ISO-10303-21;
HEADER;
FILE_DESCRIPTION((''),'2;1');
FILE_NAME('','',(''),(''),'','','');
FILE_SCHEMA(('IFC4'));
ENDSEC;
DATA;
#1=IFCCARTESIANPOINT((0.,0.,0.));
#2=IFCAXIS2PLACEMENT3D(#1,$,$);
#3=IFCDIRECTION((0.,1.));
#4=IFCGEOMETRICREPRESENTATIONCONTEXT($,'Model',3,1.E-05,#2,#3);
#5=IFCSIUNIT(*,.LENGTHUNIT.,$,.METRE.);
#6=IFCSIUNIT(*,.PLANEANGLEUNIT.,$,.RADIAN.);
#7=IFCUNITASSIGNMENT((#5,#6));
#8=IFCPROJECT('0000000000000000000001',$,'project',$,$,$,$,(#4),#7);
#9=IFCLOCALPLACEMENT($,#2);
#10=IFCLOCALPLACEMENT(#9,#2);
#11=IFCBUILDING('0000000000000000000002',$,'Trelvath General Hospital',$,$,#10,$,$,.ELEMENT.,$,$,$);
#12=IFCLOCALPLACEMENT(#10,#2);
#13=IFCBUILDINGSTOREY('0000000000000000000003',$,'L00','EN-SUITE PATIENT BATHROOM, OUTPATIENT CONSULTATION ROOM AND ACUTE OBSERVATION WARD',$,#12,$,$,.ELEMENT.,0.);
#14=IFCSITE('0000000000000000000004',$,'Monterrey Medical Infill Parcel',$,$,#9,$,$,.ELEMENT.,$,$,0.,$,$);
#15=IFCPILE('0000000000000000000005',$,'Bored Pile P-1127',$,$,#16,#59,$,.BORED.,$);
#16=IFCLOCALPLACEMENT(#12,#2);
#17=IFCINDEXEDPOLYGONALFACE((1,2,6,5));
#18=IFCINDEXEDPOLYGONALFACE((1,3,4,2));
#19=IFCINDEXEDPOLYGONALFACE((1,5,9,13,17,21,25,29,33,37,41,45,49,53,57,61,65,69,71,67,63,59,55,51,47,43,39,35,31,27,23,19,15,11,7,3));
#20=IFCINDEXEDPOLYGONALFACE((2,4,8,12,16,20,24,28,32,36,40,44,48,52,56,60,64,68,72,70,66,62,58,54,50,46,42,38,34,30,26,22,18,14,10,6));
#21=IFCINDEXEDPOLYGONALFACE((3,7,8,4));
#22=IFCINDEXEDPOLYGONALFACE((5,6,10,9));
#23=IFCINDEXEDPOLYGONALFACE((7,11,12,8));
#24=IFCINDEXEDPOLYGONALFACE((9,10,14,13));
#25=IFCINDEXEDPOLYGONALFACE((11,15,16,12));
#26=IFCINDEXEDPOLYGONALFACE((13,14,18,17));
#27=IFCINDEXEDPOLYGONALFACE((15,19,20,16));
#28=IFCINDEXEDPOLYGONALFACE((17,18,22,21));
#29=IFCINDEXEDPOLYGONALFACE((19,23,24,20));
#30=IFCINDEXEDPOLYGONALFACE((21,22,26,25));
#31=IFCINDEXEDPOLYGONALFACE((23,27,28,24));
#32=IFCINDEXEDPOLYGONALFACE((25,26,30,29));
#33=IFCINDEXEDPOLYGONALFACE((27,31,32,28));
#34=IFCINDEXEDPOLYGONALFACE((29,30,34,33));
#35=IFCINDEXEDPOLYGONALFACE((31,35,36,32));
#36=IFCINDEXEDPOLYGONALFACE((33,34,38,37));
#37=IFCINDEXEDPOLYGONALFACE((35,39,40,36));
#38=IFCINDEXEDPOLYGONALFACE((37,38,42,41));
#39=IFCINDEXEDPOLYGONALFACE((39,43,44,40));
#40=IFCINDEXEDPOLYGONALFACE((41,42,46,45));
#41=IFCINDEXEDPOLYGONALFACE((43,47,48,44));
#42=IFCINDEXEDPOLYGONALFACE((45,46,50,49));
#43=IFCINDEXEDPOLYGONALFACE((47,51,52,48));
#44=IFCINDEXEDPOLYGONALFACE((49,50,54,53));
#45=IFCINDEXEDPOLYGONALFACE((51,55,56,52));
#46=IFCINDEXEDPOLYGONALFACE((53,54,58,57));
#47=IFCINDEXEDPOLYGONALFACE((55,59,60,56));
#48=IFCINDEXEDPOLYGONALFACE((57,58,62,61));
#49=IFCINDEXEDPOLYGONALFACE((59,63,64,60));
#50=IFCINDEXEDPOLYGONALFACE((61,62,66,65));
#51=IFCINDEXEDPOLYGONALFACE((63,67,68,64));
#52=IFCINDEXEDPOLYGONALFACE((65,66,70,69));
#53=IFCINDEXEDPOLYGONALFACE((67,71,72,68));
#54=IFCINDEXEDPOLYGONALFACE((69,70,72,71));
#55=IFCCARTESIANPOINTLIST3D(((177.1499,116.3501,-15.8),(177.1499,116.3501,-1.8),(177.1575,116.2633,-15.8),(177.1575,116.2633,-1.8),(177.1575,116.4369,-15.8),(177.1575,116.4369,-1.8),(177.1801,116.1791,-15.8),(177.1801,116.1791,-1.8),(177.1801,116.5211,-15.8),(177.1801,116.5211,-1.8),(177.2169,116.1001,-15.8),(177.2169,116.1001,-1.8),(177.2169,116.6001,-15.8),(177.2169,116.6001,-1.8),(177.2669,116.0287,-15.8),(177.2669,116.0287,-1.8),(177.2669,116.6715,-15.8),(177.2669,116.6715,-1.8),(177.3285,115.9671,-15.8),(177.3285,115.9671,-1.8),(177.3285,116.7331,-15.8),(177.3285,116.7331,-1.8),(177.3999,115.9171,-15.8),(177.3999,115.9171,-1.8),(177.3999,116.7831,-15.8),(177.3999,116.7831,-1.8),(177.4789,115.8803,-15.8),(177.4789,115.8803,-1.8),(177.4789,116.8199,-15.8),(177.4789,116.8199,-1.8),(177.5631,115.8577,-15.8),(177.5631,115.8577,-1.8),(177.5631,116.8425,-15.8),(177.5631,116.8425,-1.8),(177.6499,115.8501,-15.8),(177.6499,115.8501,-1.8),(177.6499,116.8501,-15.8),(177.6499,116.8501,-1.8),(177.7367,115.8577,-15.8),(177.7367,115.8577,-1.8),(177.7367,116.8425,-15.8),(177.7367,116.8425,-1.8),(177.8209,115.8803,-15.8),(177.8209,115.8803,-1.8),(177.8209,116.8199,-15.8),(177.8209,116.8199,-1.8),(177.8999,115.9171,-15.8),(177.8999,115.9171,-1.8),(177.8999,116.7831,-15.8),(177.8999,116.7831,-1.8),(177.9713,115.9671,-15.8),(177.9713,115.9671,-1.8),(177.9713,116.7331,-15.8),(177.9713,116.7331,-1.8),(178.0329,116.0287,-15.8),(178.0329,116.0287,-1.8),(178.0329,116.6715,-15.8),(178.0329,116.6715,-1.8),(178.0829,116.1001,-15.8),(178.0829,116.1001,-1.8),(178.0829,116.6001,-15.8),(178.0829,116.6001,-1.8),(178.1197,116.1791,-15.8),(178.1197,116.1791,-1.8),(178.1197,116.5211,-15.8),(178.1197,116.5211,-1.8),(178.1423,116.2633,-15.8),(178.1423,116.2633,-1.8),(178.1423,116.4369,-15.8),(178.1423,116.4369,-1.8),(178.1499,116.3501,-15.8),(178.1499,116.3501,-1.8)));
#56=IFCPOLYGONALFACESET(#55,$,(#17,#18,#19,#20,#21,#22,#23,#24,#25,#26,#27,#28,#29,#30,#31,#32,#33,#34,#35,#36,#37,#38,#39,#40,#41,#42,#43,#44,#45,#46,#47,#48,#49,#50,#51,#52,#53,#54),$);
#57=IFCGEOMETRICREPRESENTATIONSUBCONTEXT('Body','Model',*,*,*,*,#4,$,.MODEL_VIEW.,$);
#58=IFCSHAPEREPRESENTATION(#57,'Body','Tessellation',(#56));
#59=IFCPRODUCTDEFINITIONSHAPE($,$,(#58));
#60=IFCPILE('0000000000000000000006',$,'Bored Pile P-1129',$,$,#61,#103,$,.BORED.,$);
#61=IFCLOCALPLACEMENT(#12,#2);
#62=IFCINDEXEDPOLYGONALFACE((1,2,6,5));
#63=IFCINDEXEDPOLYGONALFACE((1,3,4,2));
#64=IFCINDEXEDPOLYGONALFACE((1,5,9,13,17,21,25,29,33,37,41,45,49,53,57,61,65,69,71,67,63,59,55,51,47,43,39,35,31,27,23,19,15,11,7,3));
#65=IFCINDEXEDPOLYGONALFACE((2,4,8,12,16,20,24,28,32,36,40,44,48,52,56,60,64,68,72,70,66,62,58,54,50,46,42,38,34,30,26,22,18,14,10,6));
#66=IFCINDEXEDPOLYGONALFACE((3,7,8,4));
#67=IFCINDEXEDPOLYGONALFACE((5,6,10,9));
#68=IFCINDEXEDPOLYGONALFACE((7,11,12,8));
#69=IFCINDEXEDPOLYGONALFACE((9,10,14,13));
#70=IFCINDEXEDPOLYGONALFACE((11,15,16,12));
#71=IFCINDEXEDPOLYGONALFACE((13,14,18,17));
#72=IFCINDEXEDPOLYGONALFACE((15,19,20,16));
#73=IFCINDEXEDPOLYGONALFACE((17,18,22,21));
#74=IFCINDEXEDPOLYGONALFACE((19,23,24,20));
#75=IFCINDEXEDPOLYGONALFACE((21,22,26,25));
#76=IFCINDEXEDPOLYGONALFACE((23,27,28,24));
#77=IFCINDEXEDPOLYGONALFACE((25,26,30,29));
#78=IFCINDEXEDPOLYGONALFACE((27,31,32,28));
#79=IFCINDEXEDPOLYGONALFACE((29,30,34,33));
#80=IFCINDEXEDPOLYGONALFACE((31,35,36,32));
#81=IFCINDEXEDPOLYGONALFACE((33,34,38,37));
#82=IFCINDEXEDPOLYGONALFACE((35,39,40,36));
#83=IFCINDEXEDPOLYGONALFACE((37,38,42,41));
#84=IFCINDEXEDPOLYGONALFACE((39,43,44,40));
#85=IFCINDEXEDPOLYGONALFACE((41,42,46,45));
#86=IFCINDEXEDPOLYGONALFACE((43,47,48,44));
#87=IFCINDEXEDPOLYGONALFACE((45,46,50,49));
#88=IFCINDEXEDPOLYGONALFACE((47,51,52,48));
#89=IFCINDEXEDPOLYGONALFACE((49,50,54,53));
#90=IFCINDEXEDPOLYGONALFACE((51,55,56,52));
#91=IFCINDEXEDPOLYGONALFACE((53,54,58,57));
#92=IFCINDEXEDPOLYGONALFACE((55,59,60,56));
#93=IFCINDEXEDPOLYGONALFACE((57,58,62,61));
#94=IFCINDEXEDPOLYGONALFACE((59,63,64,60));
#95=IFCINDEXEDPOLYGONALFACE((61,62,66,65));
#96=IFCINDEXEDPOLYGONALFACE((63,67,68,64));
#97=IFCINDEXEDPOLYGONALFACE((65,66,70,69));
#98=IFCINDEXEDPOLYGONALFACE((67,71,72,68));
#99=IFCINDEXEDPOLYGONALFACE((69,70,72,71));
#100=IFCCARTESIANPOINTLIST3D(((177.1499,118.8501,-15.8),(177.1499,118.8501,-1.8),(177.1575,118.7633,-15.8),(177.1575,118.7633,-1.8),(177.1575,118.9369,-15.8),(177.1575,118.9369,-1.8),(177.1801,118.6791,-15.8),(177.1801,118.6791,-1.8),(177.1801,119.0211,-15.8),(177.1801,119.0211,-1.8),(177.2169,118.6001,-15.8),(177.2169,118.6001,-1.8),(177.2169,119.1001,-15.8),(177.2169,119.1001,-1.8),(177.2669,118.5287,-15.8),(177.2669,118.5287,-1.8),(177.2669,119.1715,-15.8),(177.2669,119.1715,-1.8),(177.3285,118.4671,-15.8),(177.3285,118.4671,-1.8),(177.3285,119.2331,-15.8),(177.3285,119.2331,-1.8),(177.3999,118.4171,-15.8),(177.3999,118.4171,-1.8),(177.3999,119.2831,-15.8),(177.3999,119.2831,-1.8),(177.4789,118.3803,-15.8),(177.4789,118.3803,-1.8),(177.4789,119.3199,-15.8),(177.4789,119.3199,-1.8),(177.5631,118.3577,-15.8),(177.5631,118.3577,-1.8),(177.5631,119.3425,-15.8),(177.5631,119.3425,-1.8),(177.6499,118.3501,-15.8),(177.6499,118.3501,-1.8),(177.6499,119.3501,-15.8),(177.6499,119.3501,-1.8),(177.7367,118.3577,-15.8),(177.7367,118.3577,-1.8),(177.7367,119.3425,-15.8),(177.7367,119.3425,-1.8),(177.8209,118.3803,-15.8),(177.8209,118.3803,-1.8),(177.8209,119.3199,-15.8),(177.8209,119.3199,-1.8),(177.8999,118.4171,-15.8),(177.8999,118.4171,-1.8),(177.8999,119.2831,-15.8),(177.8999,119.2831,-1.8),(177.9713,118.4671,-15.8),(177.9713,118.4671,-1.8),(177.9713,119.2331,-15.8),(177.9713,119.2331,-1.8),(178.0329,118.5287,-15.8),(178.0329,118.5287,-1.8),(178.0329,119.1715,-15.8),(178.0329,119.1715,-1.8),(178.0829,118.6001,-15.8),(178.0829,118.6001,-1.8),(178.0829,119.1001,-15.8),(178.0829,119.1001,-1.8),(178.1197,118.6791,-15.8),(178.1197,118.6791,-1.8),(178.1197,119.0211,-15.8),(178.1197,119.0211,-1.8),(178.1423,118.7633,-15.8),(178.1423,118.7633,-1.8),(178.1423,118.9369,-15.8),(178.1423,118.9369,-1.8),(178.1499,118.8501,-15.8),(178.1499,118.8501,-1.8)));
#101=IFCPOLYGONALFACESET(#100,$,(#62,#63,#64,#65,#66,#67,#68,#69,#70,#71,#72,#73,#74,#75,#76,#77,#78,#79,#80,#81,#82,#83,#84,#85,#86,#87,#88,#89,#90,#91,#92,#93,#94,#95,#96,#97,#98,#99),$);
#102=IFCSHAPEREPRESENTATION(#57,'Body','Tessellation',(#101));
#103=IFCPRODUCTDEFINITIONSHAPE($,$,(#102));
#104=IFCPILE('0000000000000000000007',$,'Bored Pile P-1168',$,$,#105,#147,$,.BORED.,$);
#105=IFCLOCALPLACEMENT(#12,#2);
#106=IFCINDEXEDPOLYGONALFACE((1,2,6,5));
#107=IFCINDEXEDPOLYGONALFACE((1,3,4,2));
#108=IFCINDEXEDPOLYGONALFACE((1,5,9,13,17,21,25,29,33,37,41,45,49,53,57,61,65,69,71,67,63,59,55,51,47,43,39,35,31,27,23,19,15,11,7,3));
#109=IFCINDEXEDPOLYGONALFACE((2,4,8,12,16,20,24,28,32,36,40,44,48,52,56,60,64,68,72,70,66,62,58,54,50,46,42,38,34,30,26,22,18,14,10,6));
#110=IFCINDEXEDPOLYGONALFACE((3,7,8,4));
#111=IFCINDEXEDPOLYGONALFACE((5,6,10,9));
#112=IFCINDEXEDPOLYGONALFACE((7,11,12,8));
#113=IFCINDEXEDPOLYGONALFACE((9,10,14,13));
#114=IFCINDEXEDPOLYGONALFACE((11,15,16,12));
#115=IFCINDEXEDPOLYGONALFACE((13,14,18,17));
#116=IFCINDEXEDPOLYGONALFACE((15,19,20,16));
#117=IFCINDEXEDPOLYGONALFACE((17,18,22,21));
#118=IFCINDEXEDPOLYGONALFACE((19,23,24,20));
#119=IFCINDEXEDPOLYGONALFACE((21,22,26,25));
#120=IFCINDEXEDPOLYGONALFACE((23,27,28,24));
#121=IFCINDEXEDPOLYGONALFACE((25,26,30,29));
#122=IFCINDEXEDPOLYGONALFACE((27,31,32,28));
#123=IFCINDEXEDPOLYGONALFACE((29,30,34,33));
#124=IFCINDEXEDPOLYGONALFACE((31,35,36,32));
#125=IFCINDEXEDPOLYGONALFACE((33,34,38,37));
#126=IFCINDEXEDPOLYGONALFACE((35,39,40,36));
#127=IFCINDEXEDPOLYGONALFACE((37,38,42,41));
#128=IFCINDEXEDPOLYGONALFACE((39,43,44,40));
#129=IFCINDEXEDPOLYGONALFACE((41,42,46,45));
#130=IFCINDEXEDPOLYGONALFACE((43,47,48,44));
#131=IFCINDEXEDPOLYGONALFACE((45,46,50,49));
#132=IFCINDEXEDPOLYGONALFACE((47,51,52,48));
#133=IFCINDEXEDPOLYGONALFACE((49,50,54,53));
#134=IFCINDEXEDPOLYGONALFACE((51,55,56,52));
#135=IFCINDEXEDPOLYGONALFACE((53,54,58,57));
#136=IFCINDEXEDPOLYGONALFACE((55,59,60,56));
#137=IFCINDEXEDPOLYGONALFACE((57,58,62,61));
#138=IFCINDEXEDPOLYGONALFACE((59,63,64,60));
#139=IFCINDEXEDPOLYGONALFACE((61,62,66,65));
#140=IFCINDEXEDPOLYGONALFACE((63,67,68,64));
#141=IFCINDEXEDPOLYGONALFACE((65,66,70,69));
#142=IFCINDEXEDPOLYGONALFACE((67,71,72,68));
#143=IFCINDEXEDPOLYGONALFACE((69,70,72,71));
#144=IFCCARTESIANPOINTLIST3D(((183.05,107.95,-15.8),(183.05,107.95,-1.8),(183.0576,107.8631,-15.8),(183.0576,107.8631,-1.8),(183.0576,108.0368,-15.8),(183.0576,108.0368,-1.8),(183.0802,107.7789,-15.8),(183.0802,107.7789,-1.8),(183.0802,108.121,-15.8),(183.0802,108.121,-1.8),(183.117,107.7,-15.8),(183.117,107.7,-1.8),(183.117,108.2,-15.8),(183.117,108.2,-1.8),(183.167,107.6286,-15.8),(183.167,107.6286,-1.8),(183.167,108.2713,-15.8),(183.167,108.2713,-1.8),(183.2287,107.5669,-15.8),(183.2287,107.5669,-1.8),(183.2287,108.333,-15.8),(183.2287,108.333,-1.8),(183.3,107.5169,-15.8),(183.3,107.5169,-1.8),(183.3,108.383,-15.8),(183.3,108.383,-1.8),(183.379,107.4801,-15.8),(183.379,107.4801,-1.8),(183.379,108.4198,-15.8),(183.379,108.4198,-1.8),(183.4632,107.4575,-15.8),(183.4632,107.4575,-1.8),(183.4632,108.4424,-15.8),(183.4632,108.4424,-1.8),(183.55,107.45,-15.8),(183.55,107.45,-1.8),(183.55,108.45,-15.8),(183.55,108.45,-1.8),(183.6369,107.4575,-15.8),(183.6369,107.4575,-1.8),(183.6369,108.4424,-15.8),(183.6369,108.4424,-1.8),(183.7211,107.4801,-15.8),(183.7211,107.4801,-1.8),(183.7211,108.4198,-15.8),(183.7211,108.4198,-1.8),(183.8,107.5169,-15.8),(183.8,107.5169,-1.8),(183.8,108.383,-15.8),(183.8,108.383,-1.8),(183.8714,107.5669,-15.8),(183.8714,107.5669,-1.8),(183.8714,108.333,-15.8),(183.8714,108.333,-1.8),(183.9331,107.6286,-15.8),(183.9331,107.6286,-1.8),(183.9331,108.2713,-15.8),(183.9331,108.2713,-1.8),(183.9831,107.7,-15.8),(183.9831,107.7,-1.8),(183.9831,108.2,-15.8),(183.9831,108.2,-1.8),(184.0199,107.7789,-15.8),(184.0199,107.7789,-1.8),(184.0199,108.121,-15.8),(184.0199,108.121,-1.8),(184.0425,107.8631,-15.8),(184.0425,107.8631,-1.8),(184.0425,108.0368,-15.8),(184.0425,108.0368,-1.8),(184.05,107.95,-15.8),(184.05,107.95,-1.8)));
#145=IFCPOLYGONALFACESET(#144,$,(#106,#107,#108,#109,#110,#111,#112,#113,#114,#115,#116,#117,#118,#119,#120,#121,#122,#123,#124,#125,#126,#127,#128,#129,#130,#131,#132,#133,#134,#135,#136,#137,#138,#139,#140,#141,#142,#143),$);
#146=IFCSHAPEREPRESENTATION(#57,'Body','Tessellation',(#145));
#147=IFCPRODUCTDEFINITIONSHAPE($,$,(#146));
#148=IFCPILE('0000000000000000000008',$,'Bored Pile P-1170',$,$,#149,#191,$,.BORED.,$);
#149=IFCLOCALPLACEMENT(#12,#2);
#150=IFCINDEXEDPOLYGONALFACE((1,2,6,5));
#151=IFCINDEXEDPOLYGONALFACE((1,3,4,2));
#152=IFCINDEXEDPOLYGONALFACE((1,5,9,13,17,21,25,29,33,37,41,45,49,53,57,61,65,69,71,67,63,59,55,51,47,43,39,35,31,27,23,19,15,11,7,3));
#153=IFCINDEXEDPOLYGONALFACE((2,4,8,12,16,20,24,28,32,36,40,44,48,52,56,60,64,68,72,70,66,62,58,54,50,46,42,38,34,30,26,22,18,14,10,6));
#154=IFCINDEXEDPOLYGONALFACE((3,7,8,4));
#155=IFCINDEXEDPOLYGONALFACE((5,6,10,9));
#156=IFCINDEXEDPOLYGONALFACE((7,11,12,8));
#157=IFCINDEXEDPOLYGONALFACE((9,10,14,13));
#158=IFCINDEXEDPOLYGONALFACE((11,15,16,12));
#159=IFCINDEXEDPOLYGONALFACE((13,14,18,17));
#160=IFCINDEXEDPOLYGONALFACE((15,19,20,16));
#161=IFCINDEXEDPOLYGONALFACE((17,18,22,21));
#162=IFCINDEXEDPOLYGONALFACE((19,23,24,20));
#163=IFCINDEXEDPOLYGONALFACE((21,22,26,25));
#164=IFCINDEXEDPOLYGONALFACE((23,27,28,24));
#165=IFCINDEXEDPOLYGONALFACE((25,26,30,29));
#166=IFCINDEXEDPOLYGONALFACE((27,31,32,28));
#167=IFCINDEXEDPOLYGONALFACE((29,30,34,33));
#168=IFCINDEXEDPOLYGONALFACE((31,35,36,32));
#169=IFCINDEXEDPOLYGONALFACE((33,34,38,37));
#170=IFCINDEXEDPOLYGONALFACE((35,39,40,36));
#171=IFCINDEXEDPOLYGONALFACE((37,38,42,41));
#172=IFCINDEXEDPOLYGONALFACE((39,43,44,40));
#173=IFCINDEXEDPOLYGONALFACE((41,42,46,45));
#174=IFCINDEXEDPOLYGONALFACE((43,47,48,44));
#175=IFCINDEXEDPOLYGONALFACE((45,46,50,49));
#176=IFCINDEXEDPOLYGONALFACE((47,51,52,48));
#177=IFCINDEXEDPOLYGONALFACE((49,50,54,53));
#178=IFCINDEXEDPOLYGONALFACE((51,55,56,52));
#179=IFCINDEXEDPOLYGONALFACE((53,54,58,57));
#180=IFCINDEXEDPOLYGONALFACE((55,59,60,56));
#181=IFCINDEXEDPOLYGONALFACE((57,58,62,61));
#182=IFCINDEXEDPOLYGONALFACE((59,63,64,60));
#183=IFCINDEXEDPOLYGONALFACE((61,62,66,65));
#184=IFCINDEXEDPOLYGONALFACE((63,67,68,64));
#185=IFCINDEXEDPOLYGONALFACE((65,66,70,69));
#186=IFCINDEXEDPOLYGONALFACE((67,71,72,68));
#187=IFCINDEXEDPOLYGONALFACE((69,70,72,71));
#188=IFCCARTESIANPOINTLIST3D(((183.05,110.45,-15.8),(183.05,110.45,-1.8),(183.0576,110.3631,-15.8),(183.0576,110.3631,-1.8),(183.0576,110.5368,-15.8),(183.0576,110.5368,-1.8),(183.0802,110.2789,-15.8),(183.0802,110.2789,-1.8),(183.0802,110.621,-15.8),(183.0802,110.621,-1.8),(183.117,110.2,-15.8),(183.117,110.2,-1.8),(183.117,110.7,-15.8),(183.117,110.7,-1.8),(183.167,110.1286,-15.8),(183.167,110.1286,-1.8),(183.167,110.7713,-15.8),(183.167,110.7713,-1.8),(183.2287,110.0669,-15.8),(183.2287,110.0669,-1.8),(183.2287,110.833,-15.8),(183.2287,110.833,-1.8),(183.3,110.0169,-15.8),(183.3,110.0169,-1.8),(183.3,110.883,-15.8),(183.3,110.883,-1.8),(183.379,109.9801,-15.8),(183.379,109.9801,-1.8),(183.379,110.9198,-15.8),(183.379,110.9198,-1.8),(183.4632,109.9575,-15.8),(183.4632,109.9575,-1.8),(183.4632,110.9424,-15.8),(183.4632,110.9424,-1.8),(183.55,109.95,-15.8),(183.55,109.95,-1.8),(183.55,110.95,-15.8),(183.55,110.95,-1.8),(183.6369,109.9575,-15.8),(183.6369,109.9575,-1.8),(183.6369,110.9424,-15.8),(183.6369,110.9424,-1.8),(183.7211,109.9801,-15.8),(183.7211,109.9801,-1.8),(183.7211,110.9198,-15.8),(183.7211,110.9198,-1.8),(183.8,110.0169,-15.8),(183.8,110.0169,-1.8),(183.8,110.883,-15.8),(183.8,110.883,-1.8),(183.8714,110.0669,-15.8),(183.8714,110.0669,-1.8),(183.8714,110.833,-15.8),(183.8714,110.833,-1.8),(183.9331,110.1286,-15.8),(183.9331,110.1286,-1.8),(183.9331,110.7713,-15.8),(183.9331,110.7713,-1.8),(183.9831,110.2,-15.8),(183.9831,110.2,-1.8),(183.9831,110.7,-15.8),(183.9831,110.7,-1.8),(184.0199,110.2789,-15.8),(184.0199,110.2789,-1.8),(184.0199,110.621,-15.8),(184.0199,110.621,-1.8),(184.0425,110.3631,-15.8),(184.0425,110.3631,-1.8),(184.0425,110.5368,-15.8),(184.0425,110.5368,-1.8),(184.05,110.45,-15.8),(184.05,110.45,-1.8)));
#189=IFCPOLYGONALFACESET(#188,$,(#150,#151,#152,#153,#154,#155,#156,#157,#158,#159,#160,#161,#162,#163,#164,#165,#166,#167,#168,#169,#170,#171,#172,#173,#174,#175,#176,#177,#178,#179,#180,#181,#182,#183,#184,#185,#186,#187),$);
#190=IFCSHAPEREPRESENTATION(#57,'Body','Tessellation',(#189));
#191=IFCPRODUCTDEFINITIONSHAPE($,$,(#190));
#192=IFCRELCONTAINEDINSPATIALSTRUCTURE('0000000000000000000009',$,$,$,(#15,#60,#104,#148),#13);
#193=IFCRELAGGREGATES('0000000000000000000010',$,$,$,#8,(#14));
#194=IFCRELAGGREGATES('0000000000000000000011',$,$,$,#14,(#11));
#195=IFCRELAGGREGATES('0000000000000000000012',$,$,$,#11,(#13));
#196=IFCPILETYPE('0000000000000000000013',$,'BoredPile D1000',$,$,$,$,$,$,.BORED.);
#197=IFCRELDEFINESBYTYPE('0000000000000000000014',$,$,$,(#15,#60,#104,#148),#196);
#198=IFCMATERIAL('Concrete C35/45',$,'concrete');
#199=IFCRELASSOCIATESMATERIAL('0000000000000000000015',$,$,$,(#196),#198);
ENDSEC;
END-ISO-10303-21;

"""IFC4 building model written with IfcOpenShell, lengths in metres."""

from ifc_helpers import new_model, si_unit, direction, frame, origin, origin_2d, place, context, subcontext, project, spatial, circle, extrude, material, material_profile, profile_set, type_object, element, save


model = new_model("IFC4")

# Units and contexts
model_context = context("Model", 3, precision=1e-05, world=origin(), true_north=direction((0.0, 1.0)))
body_context = subcontext(model_context, "Body", "Model", "MODEL_VIEW")
ifc_project = project(units=[si_unit("LENGTHUNIT", "METRE"), si_unit("PLANEANGLEUNIT", "RADIAN")], contexts=[model_context])

# Site, building, storey
site_placement = place(None, origin())
site = spatial("IfcSite", under=ifc_project, at=site_placement, Name="Monterrey Medical Infill Parcel", CompositionType="ELEMENT", RefElevation=0.0)
building_placement = place(site_placement, origin())
building = spatial("IfcBuilding", under=site, at=building_placement, Name="Trelvath General Hospital", CompositionType="ELEMENT")
storey_placement = place(building_placement, origin())
storey = spatial("IfcBuildingStorey", under=building, at=storey_placement, Name="L00", Description="EN-SUITE PATIENT BATHROOM, OUTPATIENT CONSULTATION ROOM AND ACUTE OBSERVATION WARD", CompositionType="ELEMENT", Elevation=0.0)

# Piles
ifc_material_1 = material(Name="Concrete C35/45", Category="concrete")
ifc_material_profile_1 = material_profile(ifc_material_1, circle(Radius=0.5, at=origin_2d()), Name="PILE1000")
ifc_profile_set_1 = profile_set([ifc_material_profile_1], Name="Concrete C35/45")
pile_type_1 = type_object("IfcPileType", Name="BoredPile D1000", PredefinedType="BORED", material=ifc_profile_set_1)
for number, where, z_axis, x_axis, name in (
    (1, (177.6499, 116.3501, -1.8), (0.0, 0.0, -1.0), (1.0, 0.0, 0.0), "Bored Pile P-1127"),
    (2, (177.6499, 118.8501, -1.8), (0.0, 0.0, -1.0), (1.0, 0.0, 0.0), "Bored Pile P-1129"),
    (3, (183.55, 107.95, -1.8), (0.0, 0.0, -1.0), (1.0, 0.0, 0.0), "Bored Pile P-1168"),
    (4, (183.55, 110.45, -1.8), (0.0, 0.0, -1.0), (1.0, 0.0, 0.0), "Bored Pile P-1170"),
):
    element("IfcPile", number, at=place(storey_placement, frame(where, z_axis=z_axis, x_axis=x_axis)), inside=storey, type_object=pile_type_1, Name=name, PredefinedType="BORED", context=body_context, shape_type="SweptSolid", body=[
        extrude(circle(Radius=0.5, at=origin_2d()), origin(), (0.0, 0.0, 1.0), 14.0),
    ])

save(model, "model.ifc")
